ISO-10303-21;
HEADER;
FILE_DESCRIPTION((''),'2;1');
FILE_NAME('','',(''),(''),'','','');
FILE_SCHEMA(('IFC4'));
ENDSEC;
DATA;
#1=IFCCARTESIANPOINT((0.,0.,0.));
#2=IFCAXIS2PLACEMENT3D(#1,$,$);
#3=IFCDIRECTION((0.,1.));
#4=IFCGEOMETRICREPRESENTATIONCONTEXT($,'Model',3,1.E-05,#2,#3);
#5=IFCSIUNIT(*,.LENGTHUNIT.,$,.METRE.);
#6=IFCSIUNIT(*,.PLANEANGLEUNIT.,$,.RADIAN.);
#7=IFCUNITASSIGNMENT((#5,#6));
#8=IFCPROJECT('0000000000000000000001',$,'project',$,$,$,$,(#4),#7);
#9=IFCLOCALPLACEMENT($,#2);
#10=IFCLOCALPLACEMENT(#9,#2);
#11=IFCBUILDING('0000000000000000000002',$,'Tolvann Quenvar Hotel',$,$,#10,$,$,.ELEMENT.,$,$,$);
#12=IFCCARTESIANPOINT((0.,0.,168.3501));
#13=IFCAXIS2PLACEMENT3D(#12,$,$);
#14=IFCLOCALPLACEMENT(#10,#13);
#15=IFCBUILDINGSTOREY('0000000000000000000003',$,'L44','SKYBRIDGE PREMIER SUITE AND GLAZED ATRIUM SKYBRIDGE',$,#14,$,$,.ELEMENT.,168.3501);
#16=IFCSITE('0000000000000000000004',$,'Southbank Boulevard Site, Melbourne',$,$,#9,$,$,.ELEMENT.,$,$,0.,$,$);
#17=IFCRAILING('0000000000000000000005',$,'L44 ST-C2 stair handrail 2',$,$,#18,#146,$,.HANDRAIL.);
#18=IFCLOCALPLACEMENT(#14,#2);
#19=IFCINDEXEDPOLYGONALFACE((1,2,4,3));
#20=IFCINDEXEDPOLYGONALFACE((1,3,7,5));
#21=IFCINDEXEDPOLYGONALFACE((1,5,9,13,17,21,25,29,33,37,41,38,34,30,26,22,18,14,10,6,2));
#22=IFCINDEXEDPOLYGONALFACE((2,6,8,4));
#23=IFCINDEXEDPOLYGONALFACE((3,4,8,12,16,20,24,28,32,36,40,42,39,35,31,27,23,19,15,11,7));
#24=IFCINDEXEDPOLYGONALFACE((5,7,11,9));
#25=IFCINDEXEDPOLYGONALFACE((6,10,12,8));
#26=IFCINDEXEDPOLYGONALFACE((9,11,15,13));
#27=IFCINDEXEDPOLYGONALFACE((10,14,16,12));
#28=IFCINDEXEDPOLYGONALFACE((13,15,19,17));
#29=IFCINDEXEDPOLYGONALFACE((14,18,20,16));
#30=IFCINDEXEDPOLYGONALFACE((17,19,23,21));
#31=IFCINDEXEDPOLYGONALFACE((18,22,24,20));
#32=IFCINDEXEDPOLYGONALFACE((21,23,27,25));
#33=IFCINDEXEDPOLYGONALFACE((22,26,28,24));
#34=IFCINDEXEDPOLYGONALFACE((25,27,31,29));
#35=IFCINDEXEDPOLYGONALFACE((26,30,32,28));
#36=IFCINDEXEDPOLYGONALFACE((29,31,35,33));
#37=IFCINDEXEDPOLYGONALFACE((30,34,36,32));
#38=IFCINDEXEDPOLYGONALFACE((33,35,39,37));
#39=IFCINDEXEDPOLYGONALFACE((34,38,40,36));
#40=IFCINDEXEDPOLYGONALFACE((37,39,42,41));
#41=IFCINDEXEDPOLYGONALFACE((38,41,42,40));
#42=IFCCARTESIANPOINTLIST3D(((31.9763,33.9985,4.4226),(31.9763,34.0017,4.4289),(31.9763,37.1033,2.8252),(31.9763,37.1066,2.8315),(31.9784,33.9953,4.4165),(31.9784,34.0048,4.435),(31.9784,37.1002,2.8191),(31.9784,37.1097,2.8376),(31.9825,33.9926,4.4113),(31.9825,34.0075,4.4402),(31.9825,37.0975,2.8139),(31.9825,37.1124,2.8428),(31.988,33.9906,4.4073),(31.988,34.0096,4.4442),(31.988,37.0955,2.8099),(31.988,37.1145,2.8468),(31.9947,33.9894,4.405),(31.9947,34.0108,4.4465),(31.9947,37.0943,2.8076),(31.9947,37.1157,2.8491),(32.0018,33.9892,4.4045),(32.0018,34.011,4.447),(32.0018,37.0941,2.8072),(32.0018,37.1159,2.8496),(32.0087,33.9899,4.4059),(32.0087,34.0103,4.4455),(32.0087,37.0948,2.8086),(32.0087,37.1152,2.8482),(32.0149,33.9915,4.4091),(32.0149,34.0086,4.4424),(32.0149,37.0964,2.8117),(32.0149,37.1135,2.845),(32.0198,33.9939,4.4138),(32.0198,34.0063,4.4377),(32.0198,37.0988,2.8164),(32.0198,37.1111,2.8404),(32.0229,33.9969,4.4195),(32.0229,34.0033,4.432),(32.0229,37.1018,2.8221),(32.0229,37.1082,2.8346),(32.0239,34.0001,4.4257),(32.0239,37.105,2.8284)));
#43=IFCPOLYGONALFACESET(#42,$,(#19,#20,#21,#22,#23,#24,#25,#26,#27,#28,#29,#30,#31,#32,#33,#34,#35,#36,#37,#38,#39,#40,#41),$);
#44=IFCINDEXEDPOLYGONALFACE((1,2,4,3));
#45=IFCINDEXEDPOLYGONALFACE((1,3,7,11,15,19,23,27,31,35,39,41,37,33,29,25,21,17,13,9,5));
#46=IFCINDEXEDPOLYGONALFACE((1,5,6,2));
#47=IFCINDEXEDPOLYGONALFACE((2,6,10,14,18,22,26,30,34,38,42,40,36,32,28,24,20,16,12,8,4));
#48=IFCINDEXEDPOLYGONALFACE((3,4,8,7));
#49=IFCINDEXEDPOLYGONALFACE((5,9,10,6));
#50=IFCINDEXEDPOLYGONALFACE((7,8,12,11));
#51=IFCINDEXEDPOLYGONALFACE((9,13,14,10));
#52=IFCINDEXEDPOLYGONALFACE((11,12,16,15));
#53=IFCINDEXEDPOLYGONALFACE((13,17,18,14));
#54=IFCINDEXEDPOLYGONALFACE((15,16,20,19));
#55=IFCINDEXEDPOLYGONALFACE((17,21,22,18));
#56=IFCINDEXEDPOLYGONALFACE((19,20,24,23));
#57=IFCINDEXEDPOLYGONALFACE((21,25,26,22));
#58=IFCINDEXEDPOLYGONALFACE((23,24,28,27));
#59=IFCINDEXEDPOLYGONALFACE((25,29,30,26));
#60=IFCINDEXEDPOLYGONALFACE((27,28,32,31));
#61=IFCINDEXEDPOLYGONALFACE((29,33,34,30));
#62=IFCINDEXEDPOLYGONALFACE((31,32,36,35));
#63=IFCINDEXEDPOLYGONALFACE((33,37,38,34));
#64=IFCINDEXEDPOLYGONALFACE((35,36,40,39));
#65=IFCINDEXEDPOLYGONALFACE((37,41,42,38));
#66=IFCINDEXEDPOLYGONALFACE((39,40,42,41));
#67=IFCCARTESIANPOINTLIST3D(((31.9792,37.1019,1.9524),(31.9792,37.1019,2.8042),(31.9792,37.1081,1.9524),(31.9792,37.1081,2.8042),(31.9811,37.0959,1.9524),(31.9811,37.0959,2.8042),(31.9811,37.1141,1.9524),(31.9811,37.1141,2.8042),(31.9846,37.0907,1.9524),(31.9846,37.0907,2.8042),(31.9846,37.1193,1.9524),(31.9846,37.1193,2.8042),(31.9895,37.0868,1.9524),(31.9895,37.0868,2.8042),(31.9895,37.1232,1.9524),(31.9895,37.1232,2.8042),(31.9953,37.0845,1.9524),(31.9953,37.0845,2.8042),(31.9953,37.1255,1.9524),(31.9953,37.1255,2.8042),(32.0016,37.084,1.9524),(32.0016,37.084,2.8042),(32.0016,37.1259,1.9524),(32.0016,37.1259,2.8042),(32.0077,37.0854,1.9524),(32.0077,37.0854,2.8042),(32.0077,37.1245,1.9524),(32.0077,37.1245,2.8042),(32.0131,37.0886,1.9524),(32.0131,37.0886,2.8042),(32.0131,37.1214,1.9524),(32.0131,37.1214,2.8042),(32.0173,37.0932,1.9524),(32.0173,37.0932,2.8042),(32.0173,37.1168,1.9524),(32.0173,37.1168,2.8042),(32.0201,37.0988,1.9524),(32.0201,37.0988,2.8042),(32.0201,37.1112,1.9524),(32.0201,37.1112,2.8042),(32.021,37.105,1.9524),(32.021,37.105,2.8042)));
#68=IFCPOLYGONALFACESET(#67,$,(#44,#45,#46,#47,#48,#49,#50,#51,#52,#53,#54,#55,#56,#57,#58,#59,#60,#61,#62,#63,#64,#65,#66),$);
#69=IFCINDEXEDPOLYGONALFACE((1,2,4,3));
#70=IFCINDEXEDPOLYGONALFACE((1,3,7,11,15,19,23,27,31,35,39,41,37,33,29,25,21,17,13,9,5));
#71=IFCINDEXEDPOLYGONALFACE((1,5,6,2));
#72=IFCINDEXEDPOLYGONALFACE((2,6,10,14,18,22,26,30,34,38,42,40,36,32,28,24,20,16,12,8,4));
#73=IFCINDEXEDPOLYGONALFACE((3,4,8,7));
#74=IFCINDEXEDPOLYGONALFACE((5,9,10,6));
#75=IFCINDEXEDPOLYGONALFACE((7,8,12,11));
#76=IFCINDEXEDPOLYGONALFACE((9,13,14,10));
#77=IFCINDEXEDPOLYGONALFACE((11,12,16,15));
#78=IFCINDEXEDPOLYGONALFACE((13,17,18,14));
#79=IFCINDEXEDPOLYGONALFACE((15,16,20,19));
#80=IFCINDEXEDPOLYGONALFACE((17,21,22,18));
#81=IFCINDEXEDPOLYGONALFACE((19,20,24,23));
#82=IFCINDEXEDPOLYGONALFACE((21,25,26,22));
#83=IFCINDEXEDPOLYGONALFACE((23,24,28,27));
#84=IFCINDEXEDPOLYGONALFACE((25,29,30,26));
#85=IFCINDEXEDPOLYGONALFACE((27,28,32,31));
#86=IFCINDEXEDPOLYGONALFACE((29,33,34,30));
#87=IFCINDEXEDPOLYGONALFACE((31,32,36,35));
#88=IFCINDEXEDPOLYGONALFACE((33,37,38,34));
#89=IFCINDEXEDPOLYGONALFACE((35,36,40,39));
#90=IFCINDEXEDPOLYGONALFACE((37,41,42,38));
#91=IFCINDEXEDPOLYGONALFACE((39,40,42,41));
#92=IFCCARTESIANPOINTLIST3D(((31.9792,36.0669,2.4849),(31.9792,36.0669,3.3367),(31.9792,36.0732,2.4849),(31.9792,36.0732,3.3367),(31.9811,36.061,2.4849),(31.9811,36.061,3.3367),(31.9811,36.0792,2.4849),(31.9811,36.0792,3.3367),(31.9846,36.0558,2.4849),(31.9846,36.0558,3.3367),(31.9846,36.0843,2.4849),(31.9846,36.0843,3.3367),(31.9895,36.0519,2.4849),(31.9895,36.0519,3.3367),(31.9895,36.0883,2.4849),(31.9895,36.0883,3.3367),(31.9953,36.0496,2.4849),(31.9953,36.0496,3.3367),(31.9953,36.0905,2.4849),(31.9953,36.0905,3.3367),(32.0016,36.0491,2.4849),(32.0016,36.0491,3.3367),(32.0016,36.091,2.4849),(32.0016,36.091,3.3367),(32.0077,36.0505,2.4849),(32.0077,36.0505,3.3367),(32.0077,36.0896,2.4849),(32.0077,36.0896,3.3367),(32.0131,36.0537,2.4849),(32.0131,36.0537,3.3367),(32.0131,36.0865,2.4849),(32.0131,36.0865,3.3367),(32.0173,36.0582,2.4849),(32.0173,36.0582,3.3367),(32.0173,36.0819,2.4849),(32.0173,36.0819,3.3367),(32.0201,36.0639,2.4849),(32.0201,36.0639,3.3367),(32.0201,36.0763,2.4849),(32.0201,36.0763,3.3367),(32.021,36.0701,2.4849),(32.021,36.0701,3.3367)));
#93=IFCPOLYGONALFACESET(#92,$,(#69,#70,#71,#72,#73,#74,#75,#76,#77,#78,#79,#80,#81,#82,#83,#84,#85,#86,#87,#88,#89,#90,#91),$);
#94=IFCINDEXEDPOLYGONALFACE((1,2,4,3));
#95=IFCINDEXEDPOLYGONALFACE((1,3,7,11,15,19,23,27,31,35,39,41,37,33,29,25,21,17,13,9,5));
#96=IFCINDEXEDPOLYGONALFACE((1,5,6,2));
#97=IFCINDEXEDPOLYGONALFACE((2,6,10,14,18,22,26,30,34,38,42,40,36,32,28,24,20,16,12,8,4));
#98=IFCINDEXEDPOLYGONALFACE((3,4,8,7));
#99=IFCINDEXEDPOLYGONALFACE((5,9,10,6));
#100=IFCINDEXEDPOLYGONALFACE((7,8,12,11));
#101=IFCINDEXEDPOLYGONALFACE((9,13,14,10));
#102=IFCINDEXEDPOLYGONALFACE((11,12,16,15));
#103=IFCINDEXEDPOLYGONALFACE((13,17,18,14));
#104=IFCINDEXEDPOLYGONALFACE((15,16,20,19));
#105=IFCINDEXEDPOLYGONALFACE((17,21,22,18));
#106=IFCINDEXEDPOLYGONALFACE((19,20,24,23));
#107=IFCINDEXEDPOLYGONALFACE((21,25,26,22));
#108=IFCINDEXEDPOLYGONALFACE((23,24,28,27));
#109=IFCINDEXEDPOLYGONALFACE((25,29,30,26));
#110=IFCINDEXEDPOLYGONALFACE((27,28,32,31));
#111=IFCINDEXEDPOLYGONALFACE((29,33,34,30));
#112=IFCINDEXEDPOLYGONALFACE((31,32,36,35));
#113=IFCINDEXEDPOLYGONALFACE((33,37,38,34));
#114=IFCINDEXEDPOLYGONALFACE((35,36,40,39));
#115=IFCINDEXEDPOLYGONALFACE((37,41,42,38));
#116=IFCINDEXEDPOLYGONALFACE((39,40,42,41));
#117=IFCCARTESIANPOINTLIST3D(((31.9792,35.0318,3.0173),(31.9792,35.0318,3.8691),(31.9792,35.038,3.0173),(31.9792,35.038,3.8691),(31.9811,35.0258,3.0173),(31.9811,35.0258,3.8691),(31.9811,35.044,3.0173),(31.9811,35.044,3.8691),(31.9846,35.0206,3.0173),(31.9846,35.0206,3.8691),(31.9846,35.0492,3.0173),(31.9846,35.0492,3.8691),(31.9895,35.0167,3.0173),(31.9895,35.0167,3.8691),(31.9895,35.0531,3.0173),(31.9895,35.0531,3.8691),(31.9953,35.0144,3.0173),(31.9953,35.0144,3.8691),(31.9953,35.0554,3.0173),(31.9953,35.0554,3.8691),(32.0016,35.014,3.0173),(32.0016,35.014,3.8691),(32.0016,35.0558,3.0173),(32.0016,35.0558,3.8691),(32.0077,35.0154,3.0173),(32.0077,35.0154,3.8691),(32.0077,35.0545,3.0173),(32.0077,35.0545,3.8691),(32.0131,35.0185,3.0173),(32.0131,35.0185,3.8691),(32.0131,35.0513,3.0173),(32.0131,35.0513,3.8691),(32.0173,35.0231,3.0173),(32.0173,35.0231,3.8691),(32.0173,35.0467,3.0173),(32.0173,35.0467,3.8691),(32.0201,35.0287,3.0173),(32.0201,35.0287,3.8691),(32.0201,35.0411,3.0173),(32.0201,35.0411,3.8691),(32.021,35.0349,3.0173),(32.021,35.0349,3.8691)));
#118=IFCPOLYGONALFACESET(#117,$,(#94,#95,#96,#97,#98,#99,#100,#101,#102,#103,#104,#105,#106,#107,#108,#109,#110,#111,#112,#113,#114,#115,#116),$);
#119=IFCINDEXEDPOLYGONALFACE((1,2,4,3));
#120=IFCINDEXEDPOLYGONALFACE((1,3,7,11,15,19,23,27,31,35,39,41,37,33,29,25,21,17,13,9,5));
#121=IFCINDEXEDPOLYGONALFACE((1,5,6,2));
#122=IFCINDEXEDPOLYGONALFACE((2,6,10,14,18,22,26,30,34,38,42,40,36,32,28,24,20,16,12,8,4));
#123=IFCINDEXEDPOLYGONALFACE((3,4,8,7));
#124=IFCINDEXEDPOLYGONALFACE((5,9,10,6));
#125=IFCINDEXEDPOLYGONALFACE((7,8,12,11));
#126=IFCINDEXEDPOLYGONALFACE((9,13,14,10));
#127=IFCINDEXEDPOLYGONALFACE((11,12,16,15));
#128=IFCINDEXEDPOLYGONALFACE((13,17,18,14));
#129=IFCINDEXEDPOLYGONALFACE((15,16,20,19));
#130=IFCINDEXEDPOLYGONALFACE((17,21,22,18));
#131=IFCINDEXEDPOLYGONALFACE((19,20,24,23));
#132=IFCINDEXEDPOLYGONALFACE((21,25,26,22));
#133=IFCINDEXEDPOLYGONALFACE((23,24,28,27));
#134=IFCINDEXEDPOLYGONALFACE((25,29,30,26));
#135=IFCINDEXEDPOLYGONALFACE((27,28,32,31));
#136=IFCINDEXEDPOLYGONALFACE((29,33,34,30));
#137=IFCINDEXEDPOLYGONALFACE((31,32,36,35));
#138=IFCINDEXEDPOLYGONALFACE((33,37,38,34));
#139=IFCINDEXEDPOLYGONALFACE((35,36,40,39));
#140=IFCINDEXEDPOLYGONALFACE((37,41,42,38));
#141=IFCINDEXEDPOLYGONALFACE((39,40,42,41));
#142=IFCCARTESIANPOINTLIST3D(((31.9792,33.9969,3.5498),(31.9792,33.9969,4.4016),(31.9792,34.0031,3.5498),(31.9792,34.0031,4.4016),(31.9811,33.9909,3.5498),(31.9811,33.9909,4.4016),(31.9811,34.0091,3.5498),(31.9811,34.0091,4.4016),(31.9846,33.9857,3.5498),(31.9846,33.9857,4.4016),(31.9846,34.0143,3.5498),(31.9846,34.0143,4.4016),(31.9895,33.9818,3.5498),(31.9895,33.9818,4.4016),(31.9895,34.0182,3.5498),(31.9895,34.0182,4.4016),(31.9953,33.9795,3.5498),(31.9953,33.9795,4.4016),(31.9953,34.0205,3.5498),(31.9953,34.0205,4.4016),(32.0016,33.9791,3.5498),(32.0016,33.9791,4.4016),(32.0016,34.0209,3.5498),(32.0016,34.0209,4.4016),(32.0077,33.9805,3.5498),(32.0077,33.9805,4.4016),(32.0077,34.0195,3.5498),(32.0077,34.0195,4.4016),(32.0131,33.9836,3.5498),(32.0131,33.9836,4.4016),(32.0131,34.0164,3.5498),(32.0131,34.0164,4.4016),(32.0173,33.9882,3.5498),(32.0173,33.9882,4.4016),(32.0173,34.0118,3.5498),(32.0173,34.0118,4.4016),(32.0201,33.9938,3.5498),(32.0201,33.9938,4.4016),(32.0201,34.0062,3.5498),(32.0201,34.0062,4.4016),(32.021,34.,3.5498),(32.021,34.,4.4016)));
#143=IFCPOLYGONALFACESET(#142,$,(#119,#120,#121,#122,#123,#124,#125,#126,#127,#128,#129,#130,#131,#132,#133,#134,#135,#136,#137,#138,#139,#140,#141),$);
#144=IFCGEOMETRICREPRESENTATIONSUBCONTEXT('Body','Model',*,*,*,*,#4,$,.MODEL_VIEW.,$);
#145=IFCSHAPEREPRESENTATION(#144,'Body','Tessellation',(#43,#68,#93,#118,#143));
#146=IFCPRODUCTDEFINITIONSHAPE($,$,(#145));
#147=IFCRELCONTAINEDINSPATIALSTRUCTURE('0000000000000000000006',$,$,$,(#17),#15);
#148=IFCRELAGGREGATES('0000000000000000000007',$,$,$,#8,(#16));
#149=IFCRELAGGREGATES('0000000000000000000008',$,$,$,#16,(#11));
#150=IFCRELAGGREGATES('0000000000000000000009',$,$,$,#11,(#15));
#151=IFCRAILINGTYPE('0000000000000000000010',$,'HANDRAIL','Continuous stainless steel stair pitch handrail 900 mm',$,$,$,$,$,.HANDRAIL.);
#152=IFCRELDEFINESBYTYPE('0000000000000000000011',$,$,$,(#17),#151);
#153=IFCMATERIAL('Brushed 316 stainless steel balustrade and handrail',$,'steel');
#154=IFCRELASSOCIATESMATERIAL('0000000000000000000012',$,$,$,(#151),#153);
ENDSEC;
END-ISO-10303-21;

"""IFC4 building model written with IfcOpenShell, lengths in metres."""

from ifc_helpers import new_model, si_unit, direction, frame, origin, origin_2d, place, context, subcontext, project, spatial, circle, extrude, material, type_object, element, save


model = new_model("IFC4")

# Units and contexts
model_context = context("Model", 3, precision=1e-05, world=origin(), true_north=direction((0.0, 1.0)))
body_context = subcontext(model_context, "Body", "Model", "MODEL_VIEW")
ifc_project = project(units=[si_unit("LENGTHUNIT", "METRE"), si_unit("PLANEANGLEUNIT", "RADIAN")], contexts=[model_context])

# Site, building, storey
site_placement = place(None, origin())
site = spatial("IfcSite", under=ifc_project, at=site_placement, Name="Southbank Boulevard Site, Melbourne", CompositionType="ELEMENT", RefElevation=0.0)
building_placement = place(site_placement, origin())
building = spatial("IfcBuilding", under=site, at=building_placement, Name="Tolvann Quenvar Hotel", CompositionType="ELEMENT")
storey_placement = place(building_placement, frame((0.0, 0.0, 168.3501)))
storey = spatial("IfcBuildingStorey", under=building, at=storey_placement, Name="L44", Description="SKYBRIDGE PREMIER SUITE AND GLAZED ATRIUM SKYBRIDGE", CompositionType="ELEMENT", Elevation=168.3501)

# Railing
ifc_material_1 = material(Name="Brushed 316 stainless steel balustrade and handrail", Category="steel")
railing_type_1 = type_object("IfcRailingType", Name="HANDRAIL", Description="Continuous stainless steel stair pitch handrail 900 mm", PredefinedType="HANDRAIL", material=ifc_material_1)
railing_1_placement = place(storey_placement, frame((32.0, 37.105, 1.9524)))
element("IfcRailing", 1, at=railing_1_placement, inside=storey, type_object=railing_type_1, Name="L44 ST-C2 stair handrail 2", PredefinedType="HANDRAIL", context=body_context, shape_type="SweptSolid", body=[
    extrude(circle(Radius=0.0239, at=origin_2d()), frame((0.0, 0.0, 0.876), z_axis=(0.0, -0.889222, 0.457476), x_axis=(1.0, 0.0, 0.0)), (0.0, 0.0, 1.0), 3.4917),
    extrude(circle(Radius=0.021, at=origin_2d()), origin(), (0.0, 0.0, 1.0), 0.8518),
    extrude(circle(Radius=0.021, at=origin_2d()), frame((0.0, -1.0349, 0.5325)), (0.0, 0.0, 1.0), 0.8518),
    extrude(circle(Radius=0.021, at=origin_2d()), frame((0.0, -2.0701, 1.0649)), (0.0, 0.0, 1.0), 0.8518),
    extrude(circle(Radius=0.021, at=origin_2d()), frame((0.0, -3.105, 1.5974)), (0.0, 0.0, 1.0), 0.8518),
])

save(model, "model.ifc")
